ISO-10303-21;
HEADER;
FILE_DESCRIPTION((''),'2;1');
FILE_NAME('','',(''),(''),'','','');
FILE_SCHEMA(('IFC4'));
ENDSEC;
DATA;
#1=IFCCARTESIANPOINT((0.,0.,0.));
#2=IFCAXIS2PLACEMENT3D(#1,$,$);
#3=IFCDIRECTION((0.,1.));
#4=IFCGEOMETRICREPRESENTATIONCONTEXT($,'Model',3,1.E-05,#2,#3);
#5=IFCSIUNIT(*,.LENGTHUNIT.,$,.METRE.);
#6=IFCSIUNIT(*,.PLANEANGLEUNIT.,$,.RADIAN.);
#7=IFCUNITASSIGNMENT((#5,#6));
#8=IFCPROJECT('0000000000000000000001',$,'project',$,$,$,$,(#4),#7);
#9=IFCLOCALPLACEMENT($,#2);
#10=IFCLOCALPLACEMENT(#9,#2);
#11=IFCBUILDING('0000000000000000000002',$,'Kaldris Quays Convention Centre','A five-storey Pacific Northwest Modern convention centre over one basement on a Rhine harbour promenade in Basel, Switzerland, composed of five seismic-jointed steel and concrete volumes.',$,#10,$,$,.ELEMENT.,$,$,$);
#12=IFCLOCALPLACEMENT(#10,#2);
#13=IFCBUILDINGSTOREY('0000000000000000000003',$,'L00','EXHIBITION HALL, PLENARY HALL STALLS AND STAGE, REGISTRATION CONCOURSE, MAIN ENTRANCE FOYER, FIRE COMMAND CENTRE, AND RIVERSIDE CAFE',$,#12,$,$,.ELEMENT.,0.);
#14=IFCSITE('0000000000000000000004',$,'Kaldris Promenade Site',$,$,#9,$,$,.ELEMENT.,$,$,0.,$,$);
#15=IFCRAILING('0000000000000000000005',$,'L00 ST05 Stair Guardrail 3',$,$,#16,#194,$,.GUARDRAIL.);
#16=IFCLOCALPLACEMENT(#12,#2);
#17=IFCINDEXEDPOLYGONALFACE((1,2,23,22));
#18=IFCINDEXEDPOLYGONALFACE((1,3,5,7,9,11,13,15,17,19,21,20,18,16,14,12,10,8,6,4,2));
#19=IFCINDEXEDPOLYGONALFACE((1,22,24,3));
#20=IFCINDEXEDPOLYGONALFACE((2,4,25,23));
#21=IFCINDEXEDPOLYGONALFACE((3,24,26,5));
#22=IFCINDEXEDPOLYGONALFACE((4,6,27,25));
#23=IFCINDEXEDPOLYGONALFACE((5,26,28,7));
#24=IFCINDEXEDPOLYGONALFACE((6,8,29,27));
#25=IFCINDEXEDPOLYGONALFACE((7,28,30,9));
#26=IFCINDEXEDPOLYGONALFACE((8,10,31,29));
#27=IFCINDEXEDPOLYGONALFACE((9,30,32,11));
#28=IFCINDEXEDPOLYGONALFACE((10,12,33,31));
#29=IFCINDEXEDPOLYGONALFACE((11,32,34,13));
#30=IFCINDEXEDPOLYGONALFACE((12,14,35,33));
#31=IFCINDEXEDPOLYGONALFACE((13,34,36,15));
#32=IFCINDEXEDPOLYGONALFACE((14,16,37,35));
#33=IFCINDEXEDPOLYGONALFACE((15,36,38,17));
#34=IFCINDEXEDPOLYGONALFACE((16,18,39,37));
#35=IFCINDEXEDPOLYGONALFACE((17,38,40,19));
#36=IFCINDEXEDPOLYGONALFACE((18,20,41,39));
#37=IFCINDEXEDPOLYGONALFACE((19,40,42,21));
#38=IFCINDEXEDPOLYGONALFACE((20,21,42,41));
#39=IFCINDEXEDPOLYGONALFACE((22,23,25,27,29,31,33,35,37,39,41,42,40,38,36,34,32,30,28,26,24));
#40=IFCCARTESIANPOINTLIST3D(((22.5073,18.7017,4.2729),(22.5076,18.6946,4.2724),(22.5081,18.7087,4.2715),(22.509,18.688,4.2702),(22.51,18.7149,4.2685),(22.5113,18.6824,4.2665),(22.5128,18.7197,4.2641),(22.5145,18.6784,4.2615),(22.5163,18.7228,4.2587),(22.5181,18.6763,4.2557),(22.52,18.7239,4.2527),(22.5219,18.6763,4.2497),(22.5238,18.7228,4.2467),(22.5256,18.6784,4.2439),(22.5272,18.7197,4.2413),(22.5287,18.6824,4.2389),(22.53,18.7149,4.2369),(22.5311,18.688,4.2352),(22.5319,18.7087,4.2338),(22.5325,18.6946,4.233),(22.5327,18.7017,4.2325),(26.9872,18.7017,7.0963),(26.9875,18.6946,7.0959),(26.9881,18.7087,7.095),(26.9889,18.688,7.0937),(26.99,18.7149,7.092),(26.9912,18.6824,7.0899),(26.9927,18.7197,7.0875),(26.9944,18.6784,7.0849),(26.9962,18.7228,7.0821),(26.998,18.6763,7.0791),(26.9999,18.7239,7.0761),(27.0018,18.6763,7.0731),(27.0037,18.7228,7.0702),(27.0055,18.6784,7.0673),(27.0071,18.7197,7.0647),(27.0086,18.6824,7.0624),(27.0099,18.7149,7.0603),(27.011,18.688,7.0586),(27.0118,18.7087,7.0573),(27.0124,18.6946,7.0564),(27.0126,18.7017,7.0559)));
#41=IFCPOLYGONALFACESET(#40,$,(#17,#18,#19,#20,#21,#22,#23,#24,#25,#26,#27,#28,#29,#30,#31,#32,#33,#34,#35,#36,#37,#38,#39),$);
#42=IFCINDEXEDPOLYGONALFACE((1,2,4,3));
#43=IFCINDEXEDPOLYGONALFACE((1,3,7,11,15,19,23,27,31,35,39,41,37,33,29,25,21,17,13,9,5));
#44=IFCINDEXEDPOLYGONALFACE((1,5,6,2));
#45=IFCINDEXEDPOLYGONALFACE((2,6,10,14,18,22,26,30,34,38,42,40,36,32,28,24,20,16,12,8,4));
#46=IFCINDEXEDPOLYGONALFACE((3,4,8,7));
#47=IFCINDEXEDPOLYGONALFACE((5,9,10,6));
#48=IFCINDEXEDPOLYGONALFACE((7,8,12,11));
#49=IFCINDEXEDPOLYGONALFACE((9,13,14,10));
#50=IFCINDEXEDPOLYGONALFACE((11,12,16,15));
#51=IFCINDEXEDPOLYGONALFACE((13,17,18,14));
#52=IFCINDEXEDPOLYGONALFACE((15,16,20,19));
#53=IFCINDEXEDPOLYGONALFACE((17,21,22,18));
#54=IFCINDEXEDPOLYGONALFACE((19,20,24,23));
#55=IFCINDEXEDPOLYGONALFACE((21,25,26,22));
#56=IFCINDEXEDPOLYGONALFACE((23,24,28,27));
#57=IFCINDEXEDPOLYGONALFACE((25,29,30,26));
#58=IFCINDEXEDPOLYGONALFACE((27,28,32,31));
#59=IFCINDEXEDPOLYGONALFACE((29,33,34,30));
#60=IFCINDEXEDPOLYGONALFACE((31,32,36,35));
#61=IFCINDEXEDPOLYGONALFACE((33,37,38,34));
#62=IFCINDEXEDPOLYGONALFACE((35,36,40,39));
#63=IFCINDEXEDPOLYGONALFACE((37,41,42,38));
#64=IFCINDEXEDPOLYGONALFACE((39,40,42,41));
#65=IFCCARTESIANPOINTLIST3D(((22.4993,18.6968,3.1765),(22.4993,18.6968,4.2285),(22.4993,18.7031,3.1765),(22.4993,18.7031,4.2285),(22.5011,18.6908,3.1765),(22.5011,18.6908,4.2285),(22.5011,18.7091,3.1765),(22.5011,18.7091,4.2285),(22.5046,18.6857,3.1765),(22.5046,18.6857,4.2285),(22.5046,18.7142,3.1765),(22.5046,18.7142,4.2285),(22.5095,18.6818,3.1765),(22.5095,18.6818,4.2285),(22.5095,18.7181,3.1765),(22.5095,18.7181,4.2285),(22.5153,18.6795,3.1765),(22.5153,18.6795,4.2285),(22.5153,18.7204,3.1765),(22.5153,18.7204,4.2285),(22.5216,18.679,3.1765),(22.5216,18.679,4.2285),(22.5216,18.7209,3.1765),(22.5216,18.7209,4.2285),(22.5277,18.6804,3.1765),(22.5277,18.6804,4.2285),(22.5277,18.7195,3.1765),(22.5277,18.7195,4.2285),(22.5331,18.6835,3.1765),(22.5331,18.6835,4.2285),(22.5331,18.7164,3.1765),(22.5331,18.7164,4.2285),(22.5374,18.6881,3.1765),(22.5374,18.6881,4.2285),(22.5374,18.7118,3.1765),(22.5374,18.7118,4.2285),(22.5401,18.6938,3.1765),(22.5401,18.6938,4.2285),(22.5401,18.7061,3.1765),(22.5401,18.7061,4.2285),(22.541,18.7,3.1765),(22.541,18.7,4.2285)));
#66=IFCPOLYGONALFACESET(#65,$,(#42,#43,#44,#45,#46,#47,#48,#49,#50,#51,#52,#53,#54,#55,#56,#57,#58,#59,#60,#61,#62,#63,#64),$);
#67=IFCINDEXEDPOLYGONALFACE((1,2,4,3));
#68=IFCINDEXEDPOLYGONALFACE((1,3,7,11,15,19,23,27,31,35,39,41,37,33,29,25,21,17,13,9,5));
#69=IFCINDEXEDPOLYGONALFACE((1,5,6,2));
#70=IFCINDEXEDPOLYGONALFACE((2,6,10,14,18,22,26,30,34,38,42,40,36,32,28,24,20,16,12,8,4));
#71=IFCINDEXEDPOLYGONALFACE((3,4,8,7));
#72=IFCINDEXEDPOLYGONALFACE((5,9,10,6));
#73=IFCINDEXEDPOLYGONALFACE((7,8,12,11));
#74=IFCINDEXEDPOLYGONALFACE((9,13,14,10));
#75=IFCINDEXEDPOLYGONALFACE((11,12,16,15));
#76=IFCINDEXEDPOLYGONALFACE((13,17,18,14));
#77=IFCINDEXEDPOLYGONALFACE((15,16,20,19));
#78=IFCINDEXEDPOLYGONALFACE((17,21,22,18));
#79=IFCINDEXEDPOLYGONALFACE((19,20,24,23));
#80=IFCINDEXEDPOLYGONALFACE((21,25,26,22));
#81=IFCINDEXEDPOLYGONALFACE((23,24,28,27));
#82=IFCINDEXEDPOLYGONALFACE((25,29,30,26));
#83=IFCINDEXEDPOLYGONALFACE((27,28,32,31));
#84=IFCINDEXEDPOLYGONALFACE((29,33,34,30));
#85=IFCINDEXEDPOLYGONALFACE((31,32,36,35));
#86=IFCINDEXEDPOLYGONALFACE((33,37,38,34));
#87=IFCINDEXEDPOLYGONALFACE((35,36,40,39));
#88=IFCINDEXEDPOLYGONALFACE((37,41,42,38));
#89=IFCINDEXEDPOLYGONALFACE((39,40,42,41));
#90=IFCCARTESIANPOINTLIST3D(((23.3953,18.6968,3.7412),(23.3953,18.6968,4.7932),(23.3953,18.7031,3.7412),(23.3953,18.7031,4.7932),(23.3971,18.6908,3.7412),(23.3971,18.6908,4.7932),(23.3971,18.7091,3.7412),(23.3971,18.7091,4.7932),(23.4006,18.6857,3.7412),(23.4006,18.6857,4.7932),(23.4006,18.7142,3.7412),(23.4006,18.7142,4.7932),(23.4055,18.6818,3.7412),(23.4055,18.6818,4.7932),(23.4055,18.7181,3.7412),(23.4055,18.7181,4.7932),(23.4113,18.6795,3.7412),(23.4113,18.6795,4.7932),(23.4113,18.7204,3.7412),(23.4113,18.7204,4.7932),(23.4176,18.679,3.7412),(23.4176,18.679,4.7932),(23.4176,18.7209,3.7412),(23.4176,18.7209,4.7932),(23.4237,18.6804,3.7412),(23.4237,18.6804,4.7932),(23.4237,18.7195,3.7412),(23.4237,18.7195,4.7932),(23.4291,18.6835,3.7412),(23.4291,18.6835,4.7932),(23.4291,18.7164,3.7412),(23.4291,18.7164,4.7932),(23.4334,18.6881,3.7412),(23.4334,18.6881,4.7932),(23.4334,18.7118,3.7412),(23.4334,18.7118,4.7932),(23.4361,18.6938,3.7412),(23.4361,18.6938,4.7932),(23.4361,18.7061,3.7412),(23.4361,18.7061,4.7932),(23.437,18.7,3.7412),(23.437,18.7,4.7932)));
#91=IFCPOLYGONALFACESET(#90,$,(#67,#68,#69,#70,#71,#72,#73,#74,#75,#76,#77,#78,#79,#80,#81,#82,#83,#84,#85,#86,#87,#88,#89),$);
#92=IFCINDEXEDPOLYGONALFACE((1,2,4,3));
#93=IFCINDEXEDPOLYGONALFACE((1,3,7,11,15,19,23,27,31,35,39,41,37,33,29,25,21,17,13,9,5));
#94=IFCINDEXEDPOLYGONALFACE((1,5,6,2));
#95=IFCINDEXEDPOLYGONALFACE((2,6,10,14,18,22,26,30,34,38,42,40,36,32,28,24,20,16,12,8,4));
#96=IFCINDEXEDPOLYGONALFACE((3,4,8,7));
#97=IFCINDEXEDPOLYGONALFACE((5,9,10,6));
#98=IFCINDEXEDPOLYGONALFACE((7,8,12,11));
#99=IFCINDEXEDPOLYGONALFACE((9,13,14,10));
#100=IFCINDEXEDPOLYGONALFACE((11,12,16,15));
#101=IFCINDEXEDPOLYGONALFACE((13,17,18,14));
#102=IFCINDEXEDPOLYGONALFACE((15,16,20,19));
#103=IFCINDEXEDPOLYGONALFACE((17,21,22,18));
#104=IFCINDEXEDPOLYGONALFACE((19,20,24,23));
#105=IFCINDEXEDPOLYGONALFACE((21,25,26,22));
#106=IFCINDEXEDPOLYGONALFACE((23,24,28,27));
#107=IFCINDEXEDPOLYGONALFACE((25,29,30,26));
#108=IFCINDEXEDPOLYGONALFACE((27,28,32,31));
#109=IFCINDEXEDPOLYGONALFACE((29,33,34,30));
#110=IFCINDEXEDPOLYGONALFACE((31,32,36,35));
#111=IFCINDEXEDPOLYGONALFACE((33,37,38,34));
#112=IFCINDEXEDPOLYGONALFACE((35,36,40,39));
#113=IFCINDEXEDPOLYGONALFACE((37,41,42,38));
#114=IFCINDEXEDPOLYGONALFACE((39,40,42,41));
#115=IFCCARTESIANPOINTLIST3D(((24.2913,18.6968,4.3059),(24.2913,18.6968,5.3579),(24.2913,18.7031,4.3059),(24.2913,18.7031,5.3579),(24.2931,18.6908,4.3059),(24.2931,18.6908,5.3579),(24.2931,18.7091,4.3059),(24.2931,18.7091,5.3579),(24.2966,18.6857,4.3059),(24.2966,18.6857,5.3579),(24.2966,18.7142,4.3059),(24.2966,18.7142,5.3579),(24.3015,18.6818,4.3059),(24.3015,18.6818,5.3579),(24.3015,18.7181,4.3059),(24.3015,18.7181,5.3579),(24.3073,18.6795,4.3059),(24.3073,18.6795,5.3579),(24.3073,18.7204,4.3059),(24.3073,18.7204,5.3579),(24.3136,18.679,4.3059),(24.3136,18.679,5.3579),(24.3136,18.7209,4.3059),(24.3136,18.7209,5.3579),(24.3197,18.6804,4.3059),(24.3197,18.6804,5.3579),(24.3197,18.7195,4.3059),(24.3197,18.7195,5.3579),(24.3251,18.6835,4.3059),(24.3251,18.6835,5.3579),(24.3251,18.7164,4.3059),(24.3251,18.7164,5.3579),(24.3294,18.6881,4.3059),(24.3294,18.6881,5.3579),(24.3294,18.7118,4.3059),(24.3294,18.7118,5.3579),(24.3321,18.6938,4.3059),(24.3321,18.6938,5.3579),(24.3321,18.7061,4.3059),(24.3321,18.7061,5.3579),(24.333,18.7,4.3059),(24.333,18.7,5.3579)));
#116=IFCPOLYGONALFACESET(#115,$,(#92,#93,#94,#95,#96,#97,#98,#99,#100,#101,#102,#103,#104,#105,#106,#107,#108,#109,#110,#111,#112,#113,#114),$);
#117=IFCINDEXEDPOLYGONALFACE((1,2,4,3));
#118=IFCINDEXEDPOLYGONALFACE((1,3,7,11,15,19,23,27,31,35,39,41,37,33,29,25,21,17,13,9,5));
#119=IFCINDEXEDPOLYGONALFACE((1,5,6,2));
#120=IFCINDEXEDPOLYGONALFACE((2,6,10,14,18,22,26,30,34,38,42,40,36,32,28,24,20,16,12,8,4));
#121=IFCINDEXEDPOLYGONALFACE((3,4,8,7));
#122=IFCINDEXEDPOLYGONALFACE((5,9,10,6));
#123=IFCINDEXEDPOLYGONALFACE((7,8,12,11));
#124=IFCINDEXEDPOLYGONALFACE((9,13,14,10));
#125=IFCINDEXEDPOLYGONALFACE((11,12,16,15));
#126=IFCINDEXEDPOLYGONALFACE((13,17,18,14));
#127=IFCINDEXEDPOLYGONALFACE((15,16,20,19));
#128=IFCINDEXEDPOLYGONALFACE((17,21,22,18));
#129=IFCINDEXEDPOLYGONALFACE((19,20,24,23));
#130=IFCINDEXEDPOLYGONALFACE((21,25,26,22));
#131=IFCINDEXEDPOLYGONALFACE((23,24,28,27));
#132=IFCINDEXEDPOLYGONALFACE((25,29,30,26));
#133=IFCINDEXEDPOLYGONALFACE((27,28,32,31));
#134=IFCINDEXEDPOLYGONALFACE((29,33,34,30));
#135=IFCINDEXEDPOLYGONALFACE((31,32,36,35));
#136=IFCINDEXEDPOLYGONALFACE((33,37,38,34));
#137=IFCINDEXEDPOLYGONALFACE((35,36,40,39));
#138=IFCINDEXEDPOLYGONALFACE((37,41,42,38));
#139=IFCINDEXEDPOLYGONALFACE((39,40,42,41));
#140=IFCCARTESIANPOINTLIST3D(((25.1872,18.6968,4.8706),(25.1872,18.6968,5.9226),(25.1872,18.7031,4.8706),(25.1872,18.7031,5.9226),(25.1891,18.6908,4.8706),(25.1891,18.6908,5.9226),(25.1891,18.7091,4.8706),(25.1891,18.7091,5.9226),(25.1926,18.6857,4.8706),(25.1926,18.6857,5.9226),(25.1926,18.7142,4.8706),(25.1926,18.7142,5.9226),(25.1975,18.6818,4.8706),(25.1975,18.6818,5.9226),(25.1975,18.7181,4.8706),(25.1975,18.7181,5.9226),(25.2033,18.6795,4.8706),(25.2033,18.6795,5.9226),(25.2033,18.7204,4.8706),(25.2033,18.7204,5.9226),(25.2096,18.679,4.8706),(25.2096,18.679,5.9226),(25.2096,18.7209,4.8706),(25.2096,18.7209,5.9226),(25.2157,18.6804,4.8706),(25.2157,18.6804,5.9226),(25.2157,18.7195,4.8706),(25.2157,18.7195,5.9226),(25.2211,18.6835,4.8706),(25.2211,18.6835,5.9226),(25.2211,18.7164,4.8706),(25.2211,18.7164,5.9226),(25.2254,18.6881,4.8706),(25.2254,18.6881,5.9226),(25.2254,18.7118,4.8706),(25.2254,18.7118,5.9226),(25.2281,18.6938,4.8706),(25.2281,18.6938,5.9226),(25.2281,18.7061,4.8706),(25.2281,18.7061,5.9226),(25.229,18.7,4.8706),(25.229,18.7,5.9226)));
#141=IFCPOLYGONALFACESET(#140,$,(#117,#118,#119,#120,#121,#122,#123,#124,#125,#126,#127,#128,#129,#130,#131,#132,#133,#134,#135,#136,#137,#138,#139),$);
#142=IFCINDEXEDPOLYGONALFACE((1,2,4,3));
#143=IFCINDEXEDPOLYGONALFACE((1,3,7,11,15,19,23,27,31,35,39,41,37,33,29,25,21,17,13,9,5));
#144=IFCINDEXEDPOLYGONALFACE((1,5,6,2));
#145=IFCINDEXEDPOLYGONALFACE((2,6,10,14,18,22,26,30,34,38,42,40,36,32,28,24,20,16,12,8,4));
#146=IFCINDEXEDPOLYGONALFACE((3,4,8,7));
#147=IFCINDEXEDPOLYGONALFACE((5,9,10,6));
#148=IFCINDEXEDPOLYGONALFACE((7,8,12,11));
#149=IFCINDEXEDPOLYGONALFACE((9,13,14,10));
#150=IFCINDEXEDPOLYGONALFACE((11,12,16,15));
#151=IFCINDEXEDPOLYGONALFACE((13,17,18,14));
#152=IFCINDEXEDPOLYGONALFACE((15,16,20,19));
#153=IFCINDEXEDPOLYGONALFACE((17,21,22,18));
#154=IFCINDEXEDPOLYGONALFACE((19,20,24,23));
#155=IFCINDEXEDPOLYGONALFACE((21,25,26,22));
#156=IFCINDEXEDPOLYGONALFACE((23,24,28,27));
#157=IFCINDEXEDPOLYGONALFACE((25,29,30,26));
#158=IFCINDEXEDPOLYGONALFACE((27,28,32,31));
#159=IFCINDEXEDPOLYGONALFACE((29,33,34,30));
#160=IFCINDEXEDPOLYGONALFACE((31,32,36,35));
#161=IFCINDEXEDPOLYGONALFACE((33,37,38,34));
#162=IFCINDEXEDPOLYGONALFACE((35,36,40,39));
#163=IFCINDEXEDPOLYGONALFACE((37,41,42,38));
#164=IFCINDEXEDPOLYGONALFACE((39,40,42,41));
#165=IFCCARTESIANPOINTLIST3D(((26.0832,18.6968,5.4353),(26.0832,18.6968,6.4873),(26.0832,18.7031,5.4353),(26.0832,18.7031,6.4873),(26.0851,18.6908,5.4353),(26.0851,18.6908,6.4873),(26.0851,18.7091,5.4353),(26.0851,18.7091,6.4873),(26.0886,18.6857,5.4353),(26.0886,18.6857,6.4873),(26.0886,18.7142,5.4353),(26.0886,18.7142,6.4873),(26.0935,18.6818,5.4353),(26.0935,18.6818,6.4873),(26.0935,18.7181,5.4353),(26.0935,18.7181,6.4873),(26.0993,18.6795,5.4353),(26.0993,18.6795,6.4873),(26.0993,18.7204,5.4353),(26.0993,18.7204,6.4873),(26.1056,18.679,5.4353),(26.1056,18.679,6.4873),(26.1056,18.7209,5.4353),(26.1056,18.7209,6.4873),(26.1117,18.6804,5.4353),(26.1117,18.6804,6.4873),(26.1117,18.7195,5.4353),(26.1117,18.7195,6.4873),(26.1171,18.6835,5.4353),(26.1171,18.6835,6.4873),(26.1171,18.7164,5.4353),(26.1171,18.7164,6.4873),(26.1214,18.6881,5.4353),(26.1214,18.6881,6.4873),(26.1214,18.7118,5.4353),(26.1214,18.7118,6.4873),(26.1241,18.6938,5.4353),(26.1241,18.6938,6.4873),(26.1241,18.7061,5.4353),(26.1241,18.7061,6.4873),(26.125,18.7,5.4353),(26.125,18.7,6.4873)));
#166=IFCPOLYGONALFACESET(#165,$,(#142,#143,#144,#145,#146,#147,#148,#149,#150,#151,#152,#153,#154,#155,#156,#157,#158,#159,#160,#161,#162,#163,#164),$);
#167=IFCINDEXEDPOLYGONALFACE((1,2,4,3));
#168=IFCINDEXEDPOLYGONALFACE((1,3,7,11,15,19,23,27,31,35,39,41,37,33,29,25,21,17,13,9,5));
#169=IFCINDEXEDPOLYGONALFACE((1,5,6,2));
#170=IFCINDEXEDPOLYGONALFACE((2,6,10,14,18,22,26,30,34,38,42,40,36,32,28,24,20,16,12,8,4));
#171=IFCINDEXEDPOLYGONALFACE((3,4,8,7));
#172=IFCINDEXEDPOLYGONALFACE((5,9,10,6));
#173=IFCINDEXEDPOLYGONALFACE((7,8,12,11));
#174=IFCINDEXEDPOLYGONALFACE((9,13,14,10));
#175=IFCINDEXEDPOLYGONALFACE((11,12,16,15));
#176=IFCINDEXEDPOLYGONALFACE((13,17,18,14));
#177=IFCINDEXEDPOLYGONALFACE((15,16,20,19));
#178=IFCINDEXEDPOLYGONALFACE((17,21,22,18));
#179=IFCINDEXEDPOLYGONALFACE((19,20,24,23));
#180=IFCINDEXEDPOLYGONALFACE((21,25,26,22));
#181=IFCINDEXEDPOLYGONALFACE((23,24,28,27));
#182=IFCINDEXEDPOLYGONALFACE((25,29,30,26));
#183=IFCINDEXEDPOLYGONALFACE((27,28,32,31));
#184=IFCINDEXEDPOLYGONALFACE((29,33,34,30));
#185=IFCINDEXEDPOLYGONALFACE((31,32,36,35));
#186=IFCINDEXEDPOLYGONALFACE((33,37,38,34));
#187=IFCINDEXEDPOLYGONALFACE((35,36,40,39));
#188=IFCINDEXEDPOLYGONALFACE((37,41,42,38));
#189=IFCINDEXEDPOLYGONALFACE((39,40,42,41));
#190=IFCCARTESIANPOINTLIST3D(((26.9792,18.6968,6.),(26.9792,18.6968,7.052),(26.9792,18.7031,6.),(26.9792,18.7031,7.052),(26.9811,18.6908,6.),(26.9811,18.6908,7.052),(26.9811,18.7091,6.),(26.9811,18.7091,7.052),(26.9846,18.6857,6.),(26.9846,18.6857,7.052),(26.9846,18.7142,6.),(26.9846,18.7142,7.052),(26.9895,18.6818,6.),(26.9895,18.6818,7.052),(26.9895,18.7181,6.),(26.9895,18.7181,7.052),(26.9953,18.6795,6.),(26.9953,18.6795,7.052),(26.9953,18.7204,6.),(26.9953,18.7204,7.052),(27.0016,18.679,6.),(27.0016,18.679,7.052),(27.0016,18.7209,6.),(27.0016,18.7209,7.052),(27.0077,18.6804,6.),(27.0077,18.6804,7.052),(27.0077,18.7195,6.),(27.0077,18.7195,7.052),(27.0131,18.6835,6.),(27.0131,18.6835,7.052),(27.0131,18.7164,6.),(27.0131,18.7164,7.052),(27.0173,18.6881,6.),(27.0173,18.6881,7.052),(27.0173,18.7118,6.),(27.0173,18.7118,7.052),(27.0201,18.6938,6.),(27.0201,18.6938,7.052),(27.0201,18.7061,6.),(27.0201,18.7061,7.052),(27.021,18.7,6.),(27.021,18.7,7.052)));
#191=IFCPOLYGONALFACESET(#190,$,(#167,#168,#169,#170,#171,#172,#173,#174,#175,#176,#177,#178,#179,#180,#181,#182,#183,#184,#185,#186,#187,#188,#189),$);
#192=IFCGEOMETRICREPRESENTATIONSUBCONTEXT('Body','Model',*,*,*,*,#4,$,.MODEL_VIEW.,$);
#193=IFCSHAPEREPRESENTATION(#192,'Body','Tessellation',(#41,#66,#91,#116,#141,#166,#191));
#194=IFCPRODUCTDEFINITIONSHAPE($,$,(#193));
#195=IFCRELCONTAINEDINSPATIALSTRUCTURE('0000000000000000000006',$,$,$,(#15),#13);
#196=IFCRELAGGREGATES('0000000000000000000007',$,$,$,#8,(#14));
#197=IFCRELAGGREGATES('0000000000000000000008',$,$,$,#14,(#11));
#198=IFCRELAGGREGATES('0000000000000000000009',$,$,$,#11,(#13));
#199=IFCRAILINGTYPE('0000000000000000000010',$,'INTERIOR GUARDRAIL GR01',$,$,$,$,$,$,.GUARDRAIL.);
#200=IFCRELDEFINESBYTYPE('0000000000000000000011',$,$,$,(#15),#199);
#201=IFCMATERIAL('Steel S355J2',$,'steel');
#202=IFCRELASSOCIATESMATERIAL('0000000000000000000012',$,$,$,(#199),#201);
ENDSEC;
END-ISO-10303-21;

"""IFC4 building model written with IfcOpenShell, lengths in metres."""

from ifc_helpers import new_model, si_unit, direction, frame, origin, origin_2d, place, context, subcontext, project, spatial, circle, extrude, material, type_object, element, save


model = new_model("IFC4")

# Units and contexts
model_context = context("Model", 3, precision=1e-05, world=origin(), true_north=direction((0.0, 1.0)))
body_context = subcontext(model_context, "Body", "Model", "MODEL_VIEW")
ifc_project = project(units=[si_unit("LENGTHUNIT", "METRE"), si_unit("PLANEANGLEUNIT", "RADIAN")], contexts=[model_context])

# Site, building, storey
site_placement = place(None, origin())
site = spatial("IfcSite", under=ifc_project, at=site_placement, Name="Kaldris Promenade Site", CompositionType="ELEMENT", RefElevation=0.0)
building_placement = place(site_placement, origin())
building = spatial("IfcBuilding", under=site, at=building_placement, Name="Kaldris Quays Convention Centre", Description="A five-storey Pacific Northwest Modern convention centre over one basement on a Rhine harbour promenade in Basel, Switzerland, composed of five seismic-jointed steel and concrete volumes.", CompositionType="ELEMENT")
storey_placement = place(building_placement, origin())
storey = spatial("IfcBuildingStorey", under=building, at=storey_placement, Name="L00", Description="EXHIBITION HALL, PLENARY HALL STALLS AND STAGE, REGISTRATION CONCOURSE, MAIN ENTRANCE FOYER, FIRE COMMAND CENTRE, AND RIVERSIDE CAFE", CompositionType="ELEMENT", Elevation=0.0)

# Shared definitions
ifc_material_1 = material(Name="Steel S355J2", Category="steel")

# Railing
railing_type_1 = type_object("IfcRailingType", Name="INTERIOR GUARDRAIL GR01", PredefinedType="GUARDRAIL", material=ifc_material_1)
railing_1_placement = place(storey_placement, frame((22.52, 18.7, 3.1765)))
element("IfcRailing", 1, at=railing_1_placement, inside=storey, type_object=railing_type_1, Name="L00 ST05 Stair Guardrail 3", PredefinedType="GUARDRAIL", context=body_context, shape_type="SweptSolid", body=[
    extrude(circle(Radius=0.0239, at=origin_2d()), frame((0.0, 0.0, 1.0762), z_axis=(0.845998, 0.0, 0.533186), x_axis=(0.0, 1.0, 0.0)), (0.0, 0.0, 1.0), 5.2954),
    extrude(circle(Radius=0.021, at=origin_2d()), origin(), (0.0, 0.0, 1.0), 1.052),
    extrude(circle(Radius=0.021, at=origin_2d()), frame((0.896, 0.0, 0.5647)), (0.0, 0.0, 1.0), 1.052),
    extrude(circle(Radius=0.021, at=origin_2d()), frame((1.792, 0.0, 1.1294)), (0.0, 0.0, 1.0), 1.052),
    extrude(circle(Radius=0.021, at=origin_2d()), frame((2.688, 0.0, 1.6941)), (0.0, 0.0, 1.0), 1.052),
    extrude(circle(Radius=0.021, at=origin_2d()), frame((3.584, 0.0, 2.2588)), (0.0, 0.0, 1.0), 1.052),
    extrude(circle(Radius=0.021, at=origin_2d()), frame((4.48, 0.0, 2.8235)), (0.0, 0.0, 1.0), 1.052),
])

save(model, "model.ifc")
